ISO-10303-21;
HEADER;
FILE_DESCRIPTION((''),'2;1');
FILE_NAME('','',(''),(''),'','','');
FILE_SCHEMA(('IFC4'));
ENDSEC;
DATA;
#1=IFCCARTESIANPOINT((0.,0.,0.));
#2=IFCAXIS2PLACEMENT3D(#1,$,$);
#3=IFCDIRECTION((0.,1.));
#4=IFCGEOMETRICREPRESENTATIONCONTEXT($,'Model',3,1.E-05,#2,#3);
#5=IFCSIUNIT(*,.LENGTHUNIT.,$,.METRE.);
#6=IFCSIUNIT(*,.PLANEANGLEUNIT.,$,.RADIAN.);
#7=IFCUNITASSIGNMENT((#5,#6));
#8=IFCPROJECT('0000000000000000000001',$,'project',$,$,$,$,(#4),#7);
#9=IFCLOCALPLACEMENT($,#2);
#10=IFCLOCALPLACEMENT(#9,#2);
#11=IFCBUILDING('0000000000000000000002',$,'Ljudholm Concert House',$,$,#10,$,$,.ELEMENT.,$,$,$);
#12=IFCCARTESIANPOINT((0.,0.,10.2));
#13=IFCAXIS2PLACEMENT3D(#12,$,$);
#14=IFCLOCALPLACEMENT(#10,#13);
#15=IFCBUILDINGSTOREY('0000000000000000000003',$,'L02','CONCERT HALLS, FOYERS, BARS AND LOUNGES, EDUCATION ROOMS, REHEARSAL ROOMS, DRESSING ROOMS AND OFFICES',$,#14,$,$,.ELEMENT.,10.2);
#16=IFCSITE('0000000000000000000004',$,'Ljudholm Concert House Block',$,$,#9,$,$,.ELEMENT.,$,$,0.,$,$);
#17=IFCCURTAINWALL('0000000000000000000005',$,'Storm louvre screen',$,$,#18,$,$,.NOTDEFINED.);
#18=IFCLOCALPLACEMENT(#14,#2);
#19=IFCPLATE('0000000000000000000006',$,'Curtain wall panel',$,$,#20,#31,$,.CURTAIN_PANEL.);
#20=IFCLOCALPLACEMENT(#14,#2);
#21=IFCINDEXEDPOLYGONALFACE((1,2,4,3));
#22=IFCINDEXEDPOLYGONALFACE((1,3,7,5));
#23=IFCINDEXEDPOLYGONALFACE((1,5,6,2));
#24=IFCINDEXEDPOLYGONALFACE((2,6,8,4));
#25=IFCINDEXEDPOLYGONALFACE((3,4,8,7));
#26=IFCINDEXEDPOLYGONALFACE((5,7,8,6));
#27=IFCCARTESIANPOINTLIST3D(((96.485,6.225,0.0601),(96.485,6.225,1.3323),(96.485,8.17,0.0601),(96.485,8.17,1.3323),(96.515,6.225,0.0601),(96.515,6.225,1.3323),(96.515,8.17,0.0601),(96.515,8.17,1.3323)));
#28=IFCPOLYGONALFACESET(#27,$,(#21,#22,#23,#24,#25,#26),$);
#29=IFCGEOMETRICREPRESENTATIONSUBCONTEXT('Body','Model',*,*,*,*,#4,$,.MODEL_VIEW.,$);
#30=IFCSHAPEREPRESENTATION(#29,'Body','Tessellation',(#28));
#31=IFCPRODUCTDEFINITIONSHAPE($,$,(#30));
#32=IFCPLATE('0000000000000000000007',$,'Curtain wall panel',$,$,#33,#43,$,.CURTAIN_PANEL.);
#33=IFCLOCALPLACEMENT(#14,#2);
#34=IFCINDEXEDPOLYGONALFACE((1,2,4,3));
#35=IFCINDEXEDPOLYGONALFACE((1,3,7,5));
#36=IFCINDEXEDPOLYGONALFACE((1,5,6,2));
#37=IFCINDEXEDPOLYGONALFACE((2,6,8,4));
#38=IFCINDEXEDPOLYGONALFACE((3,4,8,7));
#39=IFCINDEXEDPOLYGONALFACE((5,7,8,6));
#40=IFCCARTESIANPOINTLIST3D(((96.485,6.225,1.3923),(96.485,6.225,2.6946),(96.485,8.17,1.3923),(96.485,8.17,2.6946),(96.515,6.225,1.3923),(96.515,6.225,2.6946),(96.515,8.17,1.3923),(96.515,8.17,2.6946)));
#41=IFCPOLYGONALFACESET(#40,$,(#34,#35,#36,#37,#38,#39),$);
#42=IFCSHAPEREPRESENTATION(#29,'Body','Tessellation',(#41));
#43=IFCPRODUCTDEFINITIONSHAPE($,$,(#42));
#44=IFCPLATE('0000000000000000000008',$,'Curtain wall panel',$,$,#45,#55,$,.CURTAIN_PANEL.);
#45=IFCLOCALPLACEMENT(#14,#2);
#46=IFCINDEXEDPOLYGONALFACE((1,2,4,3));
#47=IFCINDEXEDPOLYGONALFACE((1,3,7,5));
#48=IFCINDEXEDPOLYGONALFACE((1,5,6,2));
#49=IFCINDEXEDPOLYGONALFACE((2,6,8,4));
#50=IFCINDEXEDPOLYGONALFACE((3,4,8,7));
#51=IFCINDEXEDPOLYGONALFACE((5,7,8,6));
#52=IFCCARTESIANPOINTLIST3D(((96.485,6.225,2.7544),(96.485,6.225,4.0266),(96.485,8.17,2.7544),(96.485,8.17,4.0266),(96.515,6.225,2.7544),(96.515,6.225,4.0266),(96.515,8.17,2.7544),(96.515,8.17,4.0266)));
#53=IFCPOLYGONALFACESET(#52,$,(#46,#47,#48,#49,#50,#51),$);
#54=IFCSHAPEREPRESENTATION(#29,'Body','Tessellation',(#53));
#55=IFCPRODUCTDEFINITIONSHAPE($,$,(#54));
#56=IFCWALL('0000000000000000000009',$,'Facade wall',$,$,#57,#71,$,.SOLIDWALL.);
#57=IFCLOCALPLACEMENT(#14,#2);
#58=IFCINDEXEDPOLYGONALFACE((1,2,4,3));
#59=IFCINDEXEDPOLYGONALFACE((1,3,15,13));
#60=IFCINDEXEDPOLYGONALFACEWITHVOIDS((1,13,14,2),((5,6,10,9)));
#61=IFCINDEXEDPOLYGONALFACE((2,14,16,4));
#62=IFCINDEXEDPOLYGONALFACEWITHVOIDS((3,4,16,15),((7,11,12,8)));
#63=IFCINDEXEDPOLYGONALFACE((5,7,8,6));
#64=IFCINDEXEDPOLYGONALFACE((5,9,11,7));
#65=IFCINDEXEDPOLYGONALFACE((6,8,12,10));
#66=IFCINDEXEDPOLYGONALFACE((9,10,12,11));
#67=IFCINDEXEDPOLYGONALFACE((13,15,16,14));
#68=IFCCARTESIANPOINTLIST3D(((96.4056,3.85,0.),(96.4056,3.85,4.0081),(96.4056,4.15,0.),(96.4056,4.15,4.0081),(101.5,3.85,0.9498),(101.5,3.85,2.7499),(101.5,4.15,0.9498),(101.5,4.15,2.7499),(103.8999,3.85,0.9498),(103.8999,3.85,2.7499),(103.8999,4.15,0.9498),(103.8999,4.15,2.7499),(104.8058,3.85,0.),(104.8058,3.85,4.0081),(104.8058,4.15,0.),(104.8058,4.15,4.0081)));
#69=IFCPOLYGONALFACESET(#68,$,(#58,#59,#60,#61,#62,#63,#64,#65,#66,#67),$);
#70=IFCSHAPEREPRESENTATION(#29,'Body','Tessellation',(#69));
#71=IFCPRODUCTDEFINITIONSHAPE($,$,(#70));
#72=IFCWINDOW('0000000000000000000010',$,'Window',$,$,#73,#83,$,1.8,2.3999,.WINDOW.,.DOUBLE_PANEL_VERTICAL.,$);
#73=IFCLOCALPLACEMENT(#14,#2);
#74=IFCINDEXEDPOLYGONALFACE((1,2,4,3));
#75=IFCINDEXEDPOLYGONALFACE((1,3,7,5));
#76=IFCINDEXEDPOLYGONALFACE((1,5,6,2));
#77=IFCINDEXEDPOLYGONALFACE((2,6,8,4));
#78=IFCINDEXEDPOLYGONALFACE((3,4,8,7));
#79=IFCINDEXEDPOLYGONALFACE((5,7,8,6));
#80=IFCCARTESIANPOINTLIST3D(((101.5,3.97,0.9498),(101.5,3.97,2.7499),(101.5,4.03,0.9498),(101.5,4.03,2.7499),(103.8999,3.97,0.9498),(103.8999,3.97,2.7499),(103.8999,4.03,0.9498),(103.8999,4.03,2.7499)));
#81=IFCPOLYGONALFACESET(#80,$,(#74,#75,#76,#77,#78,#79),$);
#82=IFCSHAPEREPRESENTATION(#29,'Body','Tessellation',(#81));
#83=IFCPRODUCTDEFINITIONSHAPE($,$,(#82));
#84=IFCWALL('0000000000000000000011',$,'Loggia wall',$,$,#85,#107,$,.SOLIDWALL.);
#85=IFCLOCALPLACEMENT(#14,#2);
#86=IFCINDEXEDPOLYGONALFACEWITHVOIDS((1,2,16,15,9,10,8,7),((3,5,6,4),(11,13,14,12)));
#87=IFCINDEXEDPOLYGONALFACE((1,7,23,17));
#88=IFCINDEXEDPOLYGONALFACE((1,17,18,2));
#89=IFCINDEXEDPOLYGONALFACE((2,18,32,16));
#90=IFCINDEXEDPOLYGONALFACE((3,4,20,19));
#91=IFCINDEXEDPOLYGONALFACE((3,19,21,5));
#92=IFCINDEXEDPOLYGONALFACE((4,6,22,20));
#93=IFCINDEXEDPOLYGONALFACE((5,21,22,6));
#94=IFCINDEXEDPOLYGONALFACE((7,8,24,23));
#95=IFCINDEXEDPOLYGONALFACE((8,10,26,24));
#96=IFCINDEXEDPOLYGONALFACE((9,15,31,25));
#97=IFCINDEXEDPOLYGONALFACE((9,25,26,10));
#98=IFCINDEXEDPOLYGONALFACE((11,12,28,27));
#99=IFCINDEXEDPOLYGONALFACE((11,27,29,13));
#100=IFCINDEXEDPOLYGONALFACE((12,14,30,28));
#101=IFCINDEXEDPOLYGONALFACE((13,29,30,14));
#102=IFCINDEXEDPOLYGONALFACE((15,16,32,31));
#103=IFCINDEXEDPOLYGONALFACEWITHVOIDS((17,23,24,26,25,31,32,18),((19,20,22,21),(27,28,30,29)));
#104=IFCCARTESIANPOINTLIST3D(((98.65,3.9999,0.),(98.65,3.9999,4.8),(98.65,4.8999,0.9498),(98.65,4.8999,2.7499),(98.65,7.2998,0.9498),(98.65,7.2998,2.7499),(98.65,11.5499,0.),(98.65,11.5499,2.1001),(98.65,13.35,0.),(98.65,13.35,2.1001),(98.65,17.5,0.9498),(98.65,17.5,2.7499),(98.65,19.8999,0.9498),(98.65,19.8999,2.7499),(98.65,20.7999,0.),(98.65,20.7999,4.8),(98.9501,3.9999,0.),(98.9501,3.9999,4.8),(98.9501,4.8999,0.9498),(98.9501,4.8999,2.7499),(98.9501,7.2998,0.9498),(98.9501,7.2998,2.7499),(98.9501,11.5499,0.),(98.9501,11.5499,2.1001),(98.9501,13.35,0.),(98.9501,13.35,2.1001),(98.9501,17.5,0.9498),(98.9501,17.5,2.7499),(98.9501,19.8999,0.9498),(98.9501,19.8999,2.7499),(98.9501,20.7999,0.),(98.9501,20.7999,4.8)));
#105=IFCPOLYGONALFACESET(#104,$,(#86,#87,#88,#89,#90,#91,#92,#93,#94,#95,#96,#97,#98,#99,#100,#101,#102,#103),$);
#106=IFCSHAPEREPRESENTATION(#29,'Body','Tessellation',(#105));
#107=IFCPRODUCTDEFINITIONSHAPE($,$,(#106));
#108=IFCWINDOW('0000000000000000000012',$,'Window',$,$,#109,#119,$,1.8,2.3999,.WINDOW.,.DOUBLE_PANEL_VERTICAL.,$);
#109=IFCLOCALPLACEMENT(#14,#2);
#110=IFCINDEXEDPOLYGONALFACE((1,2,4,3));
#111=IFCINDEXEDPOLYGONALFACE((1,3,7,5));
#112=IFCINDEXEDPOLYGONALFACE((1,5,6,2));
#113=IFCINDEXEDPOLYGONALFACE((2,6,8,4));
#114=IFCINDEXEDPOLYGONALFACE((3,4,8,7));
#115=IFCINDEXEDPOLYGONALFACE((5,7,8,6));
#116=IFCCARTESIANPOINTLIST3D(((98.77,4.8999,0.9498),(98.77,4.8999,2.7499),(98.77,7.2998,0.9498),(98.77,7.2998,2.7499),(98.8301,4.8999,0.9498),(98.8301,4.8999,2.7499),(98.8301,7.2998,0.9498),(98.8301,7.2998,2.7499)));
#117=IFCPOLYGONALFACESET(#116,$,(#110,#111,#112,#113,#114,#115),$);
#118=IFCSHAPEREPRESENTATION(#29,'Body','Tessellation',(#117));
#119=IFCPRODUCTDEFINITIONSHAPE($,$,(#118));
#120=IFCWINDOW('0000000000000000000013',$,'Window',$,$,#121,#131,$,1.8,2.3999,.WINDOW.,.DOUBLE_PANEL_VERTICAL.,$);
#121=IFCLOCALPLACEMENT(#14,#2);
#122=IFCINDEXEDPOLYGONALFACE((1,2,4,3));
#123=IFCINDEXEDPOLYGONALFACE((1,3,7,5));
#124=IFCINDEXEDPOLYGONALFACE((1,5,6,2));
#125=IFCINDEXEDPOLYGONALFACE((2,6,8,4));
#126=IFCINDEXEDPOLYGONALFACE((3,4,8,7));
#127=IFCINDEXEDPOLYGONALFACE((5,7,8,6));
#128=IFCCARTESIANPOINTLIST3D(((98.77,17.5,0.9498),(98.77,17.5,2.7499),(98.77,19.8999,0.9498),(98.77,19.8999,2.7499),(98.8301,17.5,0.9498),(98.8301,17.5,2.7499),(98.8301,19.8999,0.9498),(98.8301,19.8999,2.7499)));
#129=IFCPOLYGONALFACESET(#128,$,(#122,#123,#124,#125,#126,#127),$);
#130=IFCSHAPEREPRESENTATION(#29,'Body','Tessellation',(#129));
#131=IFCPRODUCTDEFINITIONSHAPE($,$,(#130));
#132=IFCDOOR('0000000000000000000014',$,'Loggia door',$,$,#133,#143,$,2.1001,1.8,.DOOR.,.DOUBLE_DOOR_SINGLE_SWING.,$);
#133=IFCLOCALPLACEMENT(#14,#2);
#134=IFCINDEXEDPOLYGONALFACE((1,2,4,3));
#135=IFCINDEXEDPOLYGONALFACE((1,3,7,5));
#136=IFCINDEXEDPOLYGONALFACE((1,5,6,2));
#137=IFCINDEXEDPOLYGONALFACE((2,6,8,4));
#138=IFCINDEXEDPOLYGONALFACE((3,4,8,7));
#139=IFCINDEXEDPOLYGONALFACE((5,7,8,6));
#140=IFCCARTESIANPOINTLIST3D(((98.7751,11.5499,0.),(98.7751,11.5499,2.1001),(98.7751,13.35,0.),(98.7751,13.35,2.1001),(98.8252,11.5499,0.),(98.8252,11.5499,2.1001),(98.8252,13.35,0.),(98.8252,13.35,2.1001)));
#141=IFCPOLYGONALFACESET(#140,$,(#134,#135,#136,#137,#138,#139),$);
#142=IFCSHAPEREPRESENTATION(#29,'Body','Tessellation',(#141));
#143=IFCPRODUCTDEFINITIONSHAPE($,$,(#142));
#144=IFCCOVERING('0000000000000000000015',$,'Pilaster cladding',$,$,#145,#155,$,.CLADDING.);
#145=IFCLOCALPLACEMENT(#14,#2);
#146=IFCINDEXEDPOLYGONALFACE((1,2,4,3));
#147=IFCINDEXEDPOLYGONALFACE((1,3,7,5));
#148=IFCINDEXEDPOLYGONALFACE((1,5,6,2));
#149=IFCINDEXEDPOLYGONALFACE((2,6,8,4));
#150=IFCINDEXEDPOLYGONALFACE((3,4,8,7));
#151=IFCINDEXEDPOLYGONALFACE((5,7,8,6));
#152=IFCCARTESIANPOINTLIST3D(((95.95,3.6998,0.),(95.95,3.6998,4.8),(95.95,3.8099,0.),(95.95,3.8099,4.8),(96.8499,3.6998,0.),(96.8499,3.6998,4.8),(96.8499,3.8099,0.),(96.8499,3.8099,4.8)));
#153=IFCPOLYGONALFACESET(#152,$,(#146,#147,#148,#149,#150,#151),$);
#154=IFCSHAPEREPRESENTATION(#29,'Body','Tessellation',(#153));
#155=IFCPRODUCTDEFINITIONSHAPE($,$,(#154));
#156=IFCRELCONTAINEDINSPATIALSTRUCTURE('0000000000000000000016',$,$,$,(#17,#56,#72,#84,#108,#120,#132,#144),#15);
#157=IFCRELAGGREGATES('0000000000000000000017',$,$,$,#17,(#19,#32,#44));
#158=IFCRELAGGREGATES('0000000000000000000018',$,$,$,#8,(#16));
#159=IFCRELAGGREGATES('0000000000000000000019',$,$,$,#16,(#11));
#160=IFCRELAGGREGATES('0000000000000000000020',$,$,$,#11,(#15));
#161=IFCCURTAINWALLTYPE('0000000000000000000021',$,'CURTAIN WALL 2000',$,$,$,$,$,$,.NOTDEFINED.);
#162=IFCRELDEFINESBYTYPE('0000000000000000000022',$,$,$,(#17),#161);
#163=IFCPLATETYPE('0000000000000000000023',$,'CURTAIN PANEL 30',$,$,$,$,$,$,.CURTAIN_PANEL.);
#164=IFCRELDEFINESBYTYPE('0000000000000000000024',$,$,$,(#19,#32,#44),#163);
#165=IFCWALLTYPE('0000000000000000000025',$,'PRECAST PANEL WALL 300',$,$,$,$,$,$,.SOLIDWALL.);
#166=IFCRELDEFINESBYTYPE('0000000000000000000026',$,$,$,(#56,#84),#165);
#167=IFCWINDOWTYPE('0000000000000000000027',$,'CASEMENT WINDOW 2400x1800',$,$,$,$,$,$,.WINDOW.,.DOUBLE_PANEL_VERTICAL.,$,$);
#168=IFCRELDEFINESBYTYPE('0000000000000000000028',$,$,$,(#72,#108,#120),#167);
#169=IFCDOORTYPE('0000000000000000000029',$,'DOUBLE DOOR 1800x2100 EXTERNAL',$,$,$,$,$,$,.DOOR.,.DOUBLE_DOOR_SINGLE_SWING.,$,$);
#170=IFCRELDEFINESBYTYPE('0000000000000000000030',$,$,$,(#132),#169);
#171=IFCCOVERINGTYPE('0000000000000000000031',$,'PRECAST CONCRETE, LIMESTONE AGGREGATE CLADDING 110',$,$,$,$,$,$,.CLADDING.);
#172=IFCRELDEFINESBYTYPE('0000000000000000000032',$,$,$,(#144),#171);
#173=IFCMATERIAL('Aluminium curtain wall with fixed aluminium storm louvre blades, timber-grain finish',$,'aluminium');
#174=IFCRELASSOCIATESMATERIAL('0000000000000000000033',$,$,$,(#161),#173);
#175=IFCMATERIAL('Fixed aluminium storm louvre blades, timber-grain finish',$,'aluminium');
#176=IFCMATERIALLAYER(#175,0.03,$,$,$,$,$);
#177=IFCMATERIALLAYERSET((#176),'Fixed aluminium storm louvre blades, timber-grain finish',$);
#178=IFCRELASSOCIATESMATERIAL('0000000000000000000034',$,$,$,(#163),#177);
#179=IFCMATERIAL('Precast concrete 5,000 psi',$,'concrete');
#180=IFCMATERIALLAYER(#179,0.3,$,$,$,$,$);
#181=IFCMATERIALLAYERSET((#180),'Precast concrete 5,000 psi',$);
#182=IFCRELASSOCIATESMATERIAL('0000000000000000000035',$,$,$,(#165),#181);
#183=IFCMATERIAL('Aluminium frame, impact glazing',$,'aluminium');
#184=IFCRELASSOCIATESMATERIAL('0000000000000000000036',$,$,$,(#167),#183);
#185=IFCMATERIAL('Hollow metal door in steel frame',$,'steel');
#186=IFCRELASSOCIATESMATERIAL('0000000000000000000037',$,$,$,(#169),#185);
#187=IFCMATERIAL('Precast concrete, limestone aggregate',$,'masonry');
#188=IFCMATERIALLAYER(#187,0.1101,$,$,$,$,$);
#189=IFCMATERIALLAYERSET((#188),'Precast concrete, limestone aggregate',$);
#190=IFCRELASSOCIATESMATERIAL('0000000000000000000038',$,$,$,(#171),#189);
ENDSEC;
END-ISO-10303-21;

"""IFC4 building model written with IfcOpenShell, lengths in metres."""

from ifc_helpers import new_model, si_unit, direction, frame, frame_2d, origin, origin_2d, place, context, subcontext, project, spatial, rectangle, extrude, material, layer, layer_set, type_object, element, fill, aggregate, save


model = new_model("IFC4")

# Units and contexts
model_context = context("Model", 3, precision=1e-05, world=origin(), true_north=direction((0.0, 1.0)))
body_context = subcontext(model_context, "Body", "Model", "MODEL_VIEW")
ifc_project = project(units=[si_unit("LENGTHUNIT", "METRE"), si_unit("PLANEANGLEUNIT", "RADIAN")], contexts=[model_context])

# Site, building, storey
site_placement = place(None, origin())
site = spatial("IfcSite", under=ifc_project, at=site_placement, Name="Ljudholm Concert House Block", CompositionType="ELEMENT", RefElevation=0.0)
building_placement = place(site_placement, origin())
building = spatial("IfcBuilding", under=site, at=building_placement, Name="Ljudholm Concert House", CompositionType="ELEMENT")
storey_placement = place(building_placement, frame((0.0, 0.0, 10.2)))
storey = spatial("IfcBuildingStorey", under=building, at=storey_placement, Name="L02", Description="CONCERT HALLS, FOYERS, BARS AND LOUNGES, EDUCATION ROOMS, REHEARSAL ROOMS, DRESSING ROOMS AND OFFICES", CompositionType="ELEMENT", Elevation=10.2)

# Curtain wall
ifc_material_1 = material(Name="Aluminium curtain wall with fixed aluminium storm louvre blades, timber-grain finish", Category="aluminium")
curtain_wall_type = type_object("IfcCurtainWallType", Name="CURTAIN WALL 2000", PredefinedType="NOTDEFINED", material=ifc_material_1)
curtain_wall_placement = place(storey_placement, origin())
curtain_wall = element("IfcCurtainWall", 1, at=curtain_wall_placement, inside=storey, type_object=curtain_wall_type, Name="Storm louvre screen", PredefinedType="NOTDEFINED")

# Plates
ifc_material_2 = material(Name="Fixed aluminium storm louvre blades, timber-grain finish", Category="aluminium")
ifc_layer_1 = layer(ifc_material_2, 0.03)
ifc_layer_set_1 = layer_set([ifc_layer_1], Name="Fixed aluminium storm louvre blades, timber-grain finish")
plate_type = type_object("IfcPlateType", Name="CURTAIN PANEL 30", PredefinedType="CURTAIN_PANEL", material=ifc_layer_set_1)
plate_1_placement = place(storey_placement, frame((96.5, 7.1975, 0.0601), z_axis=(0.0, 0.0, 1.0), x_axis=(0.0, 1.0, 0.0)))
plate_1 = element("IfcPlate", 2, at=plate_1_placement, type_object=plate_type, Name="Curtain wall panel", PredefinedType="CURTAIN_PANEL", context=body_context, shape_type="SweptSolid", body=[
    extrude(rectangle(XDim=1.9451, YDim=0.03, at=origin_2d()), origin(), (0.0, 0.0, 1.0), 1.2722),
])
plate_2_placement = place(storey_placement, frame((96.5, 7.1975, 1.3923), z_axis=(0.0, 0.0, 1.0), x_axis=(0.0, 1.0, 0.0)))
plate_2 = element("IfcPlate", 3, at=plate_2_placement, type_object=plate_type, Name="Curtain wall panel", PredefinedType="CURTAIN_PANEL", context=body_context, shape_type="SweptSolid", body=[
    extrude(rectangle(XDim=1.9451, YDim=0.03, at=origin_2d()), origin(), (0.0, 0.0, 1.0), 1.3022),
])
plate_3_placement = place(storey_placement, frame((96.5, 7.1975, 2.7544), z_axis=(0.0, 0.0, 1.0), x_axis=(0.0, 1.0, 0.0)))
plate_3 = element("IfcPlate", 4, at=plate_3_placement, type_object=plate_type, Name="Curtain wall panel", PredefinedType="CURTAIN_PANEL", context=body_context, shape_type="SweptSolid", body=[
    extrude(rectangle(XDim=1.9451, YDim=0.03, at=origin_2d()), origin(), (0.0, 0.0, 1.0), 1.2722),
])
aggregate(curtain_wall, [plate_1, plate_2, plate_3])

# Wall, opening, window
ifc_material_3 = material(Name="Precast concrete 5,000 psi", Category="concrete")
ifc_layer_2 = layer(ifc_material_3, 0.3)
ifc_layer_set_2 = layer_set([ifc_layer_2], Name="Precast concrete 5,000 psi")
wall_type = type_object("IfcWallType", Name="PRECAST PANEL WALL 300", PredefinedType="SOLIDWALL", material=ifc_layer_set_2)
wall_1_placement = place(storey_placement, frame((96.4055, 4.0, 0.0), z_axis=(0.0, 0.0, 1.0), x_axis=(1.0, 0.0, 0.0)))
wall_1 = element("IfcWall", 5, at=wall_1_placement, inside=storey, type_object=wall_type, Name="Facade wall", PredefinedType="SOLIDWALL", context=body_context, shape_type="SweptSolid", body=[
    extrude(rectangle(XDim=8.4001, YDim=0.3, at=frame_2d((4.2002, 0.0))), origin(), (0.0, 0.0, 1.0), 4.0081),
])
opening_1_placement = place(wall_1_placement, frame((5.0945, 0.0, 0.95)))
opening_1 = element("IfcOpeningElement", 6, at=opening_1_placement, cuts=wall_1, PredefinedType="OPENING", context=body_context, shape_type="SweptSolid", body=[
    extrude(rectangle(XDim=2.3999, YDim=1.8, at=frame_2d((1.2, 0.8999))), frame((0.0, 0.1599, 0.0), z_axis=(0.0, -1.0, 0.0), x_axis=(1.0, 0.0, 0.0)), (0.0, 0.0, 1.0), 0.3201),
])
ifc_material_4 = material(Name="Aluminium frame, impact glazing", Category="aluminium")
window_type = type_object("IfcWindowType", Name="CASEMENT WINDOW 2400x1800", PartitioningType="DOUBLE_PANEL_VERTICAL", PredefinedType="WINDOW", material=ifc_material_4)
window_1_placement = place(opening_1_placement, origin())
window_1 = element("IfcWindow", 7, at=window_1_placement, inside=storey, type_object=window_type, Name="Window", OverallHeight=1.8, OverallWidth=2.3999, PartitioningType="DOUBLE_PANEL_VERTICAL", PredefinedType="WINDOW", context=body_context, shape_type="SweptSolid", body=[
    extrude(rectangle(XDim=2.3999, YDim=1.8, at=frame_2d((1.2, 0.8999))), frame((0.0, 0.03, 0.0), z_axis=(0.0, -1.0, 0.0), x_axis=(1.0, 0.0, 0.0)), (0.0, 0.0, 1.0), 0.0601),
])
fill(opening_1, window_1)

# Wall, openings, windows, door
wall_2_placement = place(storey_placement, frame((98.8, 4.0, 0.0), z_axis=(0.0, 0.0, 1.0), x_axis=(0.0, 1.0, 0.0)))
wall_2 = element("IfcWall", 8, at=wall_2_placement, inside=storey, type_object=wall_type, Name="Loggia wall", PredefinedType="SOLIDWALL", context=body_context, shape_type="SweptSolid", body=[
    extrude(rectangle(XDim=16.8, YDim=0.3, at=frame_2d((8.3999, 0.0))), origin(), (0.0, 0.0, 1.0), 4.8),
])
opening_2_placement = place(wall_2_placement, frame((7.55, 0.0, 0.0)))
opening_2 = element("IfcOpeningElement", 9, at=opening_2_placement, cuts=wall_2, PredefinedType="OPENING", context=body_context, shape_type="SweptSolid", body=[
    extrude(rectangle(XDim=1.8, YDim=2.1001, at=frame_2d((0.8999, 1.05))), frame((0.0, 0.1599, 0.0), z_axis=(0.0, -1.0, 0.0), x_axis=(1.0, 0.0, 0.0)), (0.0, 0.0, 1.0), 0.3201),
])
opening_3_placement = place(wall_2_placement, frame((0.8999, 0.0, 0.95)))
opening_3 = element("IfcOpeningElement", 10, at=opening_3_placement, cuts=wall_2, PredefinedType="OPENING", context=body_context, shape_type="SweptSolid", body=[
    extrude(rectangle(XDim=2.3999, YDim=1.8, at=frame_2d((1.2, 0.8999))), frame((0.0, 0.1599, 0.0), z_axis=(0.0, -1.0, 0.0), x_axis=(1.0, 0.0, 0.0)), (0.0, 0.0, 1.0), 0.3201),
])
opening_4_placement = place(wall_2_placement, frame((13.5, 0.0, 0.95)))
opening_4 = element("IfcOpeningElement", 11, at=opening_4_placement, cuts=wall_2, PredefinedType="OPENING", context=body_context, shape_type="SweptSolid", body=[
    extrude(rectangle(XDim=2.3999, YDim=1.8, at=frame_2d((1.2, 0.8999))), frame((0.0, 0.1599, 0.0), z_axis=(0.0, -1.0, 0.0), x_axis=(1.0, 0.0, 0.0)), (0.0, 0.0, 1.0), 0.3201),
])
window_2_placement = place(opening_3_placement, origin())
window_2 = element("IfcWindow", 12, at=window_2_placement, inside=storey, type_object=window_type, Name="Window", OverallHeight=1.8, OverallWidth=2.3999, PartitioningType="DOUBLE_PANEL_VERTICAL", PredefinedType="WINDOW", context=body_context, shape_type="SweptSolid", body=[
    extrude(rectangle(XDim=2.3999, YDim=1.8, at=frame_2d((1.2, 0.8999))), frame((0.0, 0.03, 0.0), z_axis=(0.0, -1.0, 0.0), x_axis=(1.0, 0.0, 0.0)), (0.0, 0.0, 1.0), 0.0601),
])
fill(opening_3, window_2)
window_3_placement = place(opening_4_placement, origin())
window_3 = element("IfcWindow", 13, at=window_3_placement, inside=storey, type_object=window_type, Name="Window", OverallHeight=1.8, OverallWidth=2.3999, PartitioningType="DOUBLE_PANEL_VERTICAL", PredefinedType="WINDOW", context=body_context, shape_type="SweptSolid", body=[
    extrude(rectangle(XDim=2.3999, YDim=1.8, at=frame_2d((1.2, 0.8999))), frame((0.0, 0.03, 0.0), z_axis=(0.0, -1.0, 0.0), x_axis=(1.0, 0.0, 0.0)), (0.0, 0.0, 1.0), 0.0601),
])
fill(opening_4, window_3)
ifc_material_5 = material(Name="Hollow metal door in steel frame", Category="steel")
door_type = type_object("IfcDoorType", Name="DOUBLE DOOR 1800x2100 EXTERNAL", OperationType="DOUBLE_DOOR_SINGLE_SWING", PredefinedType="DOOR", material=ifc_material_5)
door_placement = place(opening_2_placement, origin())
door = element("IfcDoor", 14, at=door_placement, inside=storey, type_object=door_type, Name="Loggia door", OperationType="DOUBLE_DOOR_SINGLE_SWING", OverallHeight=2.1001, OverallWidth=1.8, PredefinedType="DOOR", context=body_context, shape_type="SweptSolid", body=[
    extrude(rectangle(XDim=1.8, YDim=2.1001, at=frame_2d((0.8999, 1.05))), frame((0.0, 0.0249, 0.0), z_axis=(0.0, -1.0, 0.0), x_axis=(1.0, 0.0, 0.0)), (0.0, 0.0, 1.0), 0.05),
])
fill(opening_2, door)

# Covering
ifc_material_6 = material(Name="Precast concrete, limestone aggregate", Category="masonry")
ifc_layer_3 = layer(ifc_material_6, 0.1101)
ifc_layer_set_3 = layer_set([ifc_layer_3], Name="Precast concrete, limestone aggregate")
covering_type = type_object("IfcCoveringType", Name="PRECAST CONCRETE, LIMESTONE AGGREGATE CLADDING 110", PredefinedType="CLADDING", material=ifc_layer_set_3)
covering_placement = place(storey_placement, frame((96.3999, 3.7549, 0.0), z_axis=(0.0, 0.0, 1.0), x_axis=(0.0, -1.0, 0.0)))
element("IfcCovering", 15, at=covering_placement, inside=storey, type_object=covering_type, Name="Pilaster cladding", PredefinedType="CLADDING", context=body_context, shape_type="SweptSolid", body=[
    extrude(rectangle(XDim=0.1101, YDim=0.8999, at=origin_2d()), origin(), (0.0, 0.0, 1.0), 4.8),
])

save(model, "model.ifc")
